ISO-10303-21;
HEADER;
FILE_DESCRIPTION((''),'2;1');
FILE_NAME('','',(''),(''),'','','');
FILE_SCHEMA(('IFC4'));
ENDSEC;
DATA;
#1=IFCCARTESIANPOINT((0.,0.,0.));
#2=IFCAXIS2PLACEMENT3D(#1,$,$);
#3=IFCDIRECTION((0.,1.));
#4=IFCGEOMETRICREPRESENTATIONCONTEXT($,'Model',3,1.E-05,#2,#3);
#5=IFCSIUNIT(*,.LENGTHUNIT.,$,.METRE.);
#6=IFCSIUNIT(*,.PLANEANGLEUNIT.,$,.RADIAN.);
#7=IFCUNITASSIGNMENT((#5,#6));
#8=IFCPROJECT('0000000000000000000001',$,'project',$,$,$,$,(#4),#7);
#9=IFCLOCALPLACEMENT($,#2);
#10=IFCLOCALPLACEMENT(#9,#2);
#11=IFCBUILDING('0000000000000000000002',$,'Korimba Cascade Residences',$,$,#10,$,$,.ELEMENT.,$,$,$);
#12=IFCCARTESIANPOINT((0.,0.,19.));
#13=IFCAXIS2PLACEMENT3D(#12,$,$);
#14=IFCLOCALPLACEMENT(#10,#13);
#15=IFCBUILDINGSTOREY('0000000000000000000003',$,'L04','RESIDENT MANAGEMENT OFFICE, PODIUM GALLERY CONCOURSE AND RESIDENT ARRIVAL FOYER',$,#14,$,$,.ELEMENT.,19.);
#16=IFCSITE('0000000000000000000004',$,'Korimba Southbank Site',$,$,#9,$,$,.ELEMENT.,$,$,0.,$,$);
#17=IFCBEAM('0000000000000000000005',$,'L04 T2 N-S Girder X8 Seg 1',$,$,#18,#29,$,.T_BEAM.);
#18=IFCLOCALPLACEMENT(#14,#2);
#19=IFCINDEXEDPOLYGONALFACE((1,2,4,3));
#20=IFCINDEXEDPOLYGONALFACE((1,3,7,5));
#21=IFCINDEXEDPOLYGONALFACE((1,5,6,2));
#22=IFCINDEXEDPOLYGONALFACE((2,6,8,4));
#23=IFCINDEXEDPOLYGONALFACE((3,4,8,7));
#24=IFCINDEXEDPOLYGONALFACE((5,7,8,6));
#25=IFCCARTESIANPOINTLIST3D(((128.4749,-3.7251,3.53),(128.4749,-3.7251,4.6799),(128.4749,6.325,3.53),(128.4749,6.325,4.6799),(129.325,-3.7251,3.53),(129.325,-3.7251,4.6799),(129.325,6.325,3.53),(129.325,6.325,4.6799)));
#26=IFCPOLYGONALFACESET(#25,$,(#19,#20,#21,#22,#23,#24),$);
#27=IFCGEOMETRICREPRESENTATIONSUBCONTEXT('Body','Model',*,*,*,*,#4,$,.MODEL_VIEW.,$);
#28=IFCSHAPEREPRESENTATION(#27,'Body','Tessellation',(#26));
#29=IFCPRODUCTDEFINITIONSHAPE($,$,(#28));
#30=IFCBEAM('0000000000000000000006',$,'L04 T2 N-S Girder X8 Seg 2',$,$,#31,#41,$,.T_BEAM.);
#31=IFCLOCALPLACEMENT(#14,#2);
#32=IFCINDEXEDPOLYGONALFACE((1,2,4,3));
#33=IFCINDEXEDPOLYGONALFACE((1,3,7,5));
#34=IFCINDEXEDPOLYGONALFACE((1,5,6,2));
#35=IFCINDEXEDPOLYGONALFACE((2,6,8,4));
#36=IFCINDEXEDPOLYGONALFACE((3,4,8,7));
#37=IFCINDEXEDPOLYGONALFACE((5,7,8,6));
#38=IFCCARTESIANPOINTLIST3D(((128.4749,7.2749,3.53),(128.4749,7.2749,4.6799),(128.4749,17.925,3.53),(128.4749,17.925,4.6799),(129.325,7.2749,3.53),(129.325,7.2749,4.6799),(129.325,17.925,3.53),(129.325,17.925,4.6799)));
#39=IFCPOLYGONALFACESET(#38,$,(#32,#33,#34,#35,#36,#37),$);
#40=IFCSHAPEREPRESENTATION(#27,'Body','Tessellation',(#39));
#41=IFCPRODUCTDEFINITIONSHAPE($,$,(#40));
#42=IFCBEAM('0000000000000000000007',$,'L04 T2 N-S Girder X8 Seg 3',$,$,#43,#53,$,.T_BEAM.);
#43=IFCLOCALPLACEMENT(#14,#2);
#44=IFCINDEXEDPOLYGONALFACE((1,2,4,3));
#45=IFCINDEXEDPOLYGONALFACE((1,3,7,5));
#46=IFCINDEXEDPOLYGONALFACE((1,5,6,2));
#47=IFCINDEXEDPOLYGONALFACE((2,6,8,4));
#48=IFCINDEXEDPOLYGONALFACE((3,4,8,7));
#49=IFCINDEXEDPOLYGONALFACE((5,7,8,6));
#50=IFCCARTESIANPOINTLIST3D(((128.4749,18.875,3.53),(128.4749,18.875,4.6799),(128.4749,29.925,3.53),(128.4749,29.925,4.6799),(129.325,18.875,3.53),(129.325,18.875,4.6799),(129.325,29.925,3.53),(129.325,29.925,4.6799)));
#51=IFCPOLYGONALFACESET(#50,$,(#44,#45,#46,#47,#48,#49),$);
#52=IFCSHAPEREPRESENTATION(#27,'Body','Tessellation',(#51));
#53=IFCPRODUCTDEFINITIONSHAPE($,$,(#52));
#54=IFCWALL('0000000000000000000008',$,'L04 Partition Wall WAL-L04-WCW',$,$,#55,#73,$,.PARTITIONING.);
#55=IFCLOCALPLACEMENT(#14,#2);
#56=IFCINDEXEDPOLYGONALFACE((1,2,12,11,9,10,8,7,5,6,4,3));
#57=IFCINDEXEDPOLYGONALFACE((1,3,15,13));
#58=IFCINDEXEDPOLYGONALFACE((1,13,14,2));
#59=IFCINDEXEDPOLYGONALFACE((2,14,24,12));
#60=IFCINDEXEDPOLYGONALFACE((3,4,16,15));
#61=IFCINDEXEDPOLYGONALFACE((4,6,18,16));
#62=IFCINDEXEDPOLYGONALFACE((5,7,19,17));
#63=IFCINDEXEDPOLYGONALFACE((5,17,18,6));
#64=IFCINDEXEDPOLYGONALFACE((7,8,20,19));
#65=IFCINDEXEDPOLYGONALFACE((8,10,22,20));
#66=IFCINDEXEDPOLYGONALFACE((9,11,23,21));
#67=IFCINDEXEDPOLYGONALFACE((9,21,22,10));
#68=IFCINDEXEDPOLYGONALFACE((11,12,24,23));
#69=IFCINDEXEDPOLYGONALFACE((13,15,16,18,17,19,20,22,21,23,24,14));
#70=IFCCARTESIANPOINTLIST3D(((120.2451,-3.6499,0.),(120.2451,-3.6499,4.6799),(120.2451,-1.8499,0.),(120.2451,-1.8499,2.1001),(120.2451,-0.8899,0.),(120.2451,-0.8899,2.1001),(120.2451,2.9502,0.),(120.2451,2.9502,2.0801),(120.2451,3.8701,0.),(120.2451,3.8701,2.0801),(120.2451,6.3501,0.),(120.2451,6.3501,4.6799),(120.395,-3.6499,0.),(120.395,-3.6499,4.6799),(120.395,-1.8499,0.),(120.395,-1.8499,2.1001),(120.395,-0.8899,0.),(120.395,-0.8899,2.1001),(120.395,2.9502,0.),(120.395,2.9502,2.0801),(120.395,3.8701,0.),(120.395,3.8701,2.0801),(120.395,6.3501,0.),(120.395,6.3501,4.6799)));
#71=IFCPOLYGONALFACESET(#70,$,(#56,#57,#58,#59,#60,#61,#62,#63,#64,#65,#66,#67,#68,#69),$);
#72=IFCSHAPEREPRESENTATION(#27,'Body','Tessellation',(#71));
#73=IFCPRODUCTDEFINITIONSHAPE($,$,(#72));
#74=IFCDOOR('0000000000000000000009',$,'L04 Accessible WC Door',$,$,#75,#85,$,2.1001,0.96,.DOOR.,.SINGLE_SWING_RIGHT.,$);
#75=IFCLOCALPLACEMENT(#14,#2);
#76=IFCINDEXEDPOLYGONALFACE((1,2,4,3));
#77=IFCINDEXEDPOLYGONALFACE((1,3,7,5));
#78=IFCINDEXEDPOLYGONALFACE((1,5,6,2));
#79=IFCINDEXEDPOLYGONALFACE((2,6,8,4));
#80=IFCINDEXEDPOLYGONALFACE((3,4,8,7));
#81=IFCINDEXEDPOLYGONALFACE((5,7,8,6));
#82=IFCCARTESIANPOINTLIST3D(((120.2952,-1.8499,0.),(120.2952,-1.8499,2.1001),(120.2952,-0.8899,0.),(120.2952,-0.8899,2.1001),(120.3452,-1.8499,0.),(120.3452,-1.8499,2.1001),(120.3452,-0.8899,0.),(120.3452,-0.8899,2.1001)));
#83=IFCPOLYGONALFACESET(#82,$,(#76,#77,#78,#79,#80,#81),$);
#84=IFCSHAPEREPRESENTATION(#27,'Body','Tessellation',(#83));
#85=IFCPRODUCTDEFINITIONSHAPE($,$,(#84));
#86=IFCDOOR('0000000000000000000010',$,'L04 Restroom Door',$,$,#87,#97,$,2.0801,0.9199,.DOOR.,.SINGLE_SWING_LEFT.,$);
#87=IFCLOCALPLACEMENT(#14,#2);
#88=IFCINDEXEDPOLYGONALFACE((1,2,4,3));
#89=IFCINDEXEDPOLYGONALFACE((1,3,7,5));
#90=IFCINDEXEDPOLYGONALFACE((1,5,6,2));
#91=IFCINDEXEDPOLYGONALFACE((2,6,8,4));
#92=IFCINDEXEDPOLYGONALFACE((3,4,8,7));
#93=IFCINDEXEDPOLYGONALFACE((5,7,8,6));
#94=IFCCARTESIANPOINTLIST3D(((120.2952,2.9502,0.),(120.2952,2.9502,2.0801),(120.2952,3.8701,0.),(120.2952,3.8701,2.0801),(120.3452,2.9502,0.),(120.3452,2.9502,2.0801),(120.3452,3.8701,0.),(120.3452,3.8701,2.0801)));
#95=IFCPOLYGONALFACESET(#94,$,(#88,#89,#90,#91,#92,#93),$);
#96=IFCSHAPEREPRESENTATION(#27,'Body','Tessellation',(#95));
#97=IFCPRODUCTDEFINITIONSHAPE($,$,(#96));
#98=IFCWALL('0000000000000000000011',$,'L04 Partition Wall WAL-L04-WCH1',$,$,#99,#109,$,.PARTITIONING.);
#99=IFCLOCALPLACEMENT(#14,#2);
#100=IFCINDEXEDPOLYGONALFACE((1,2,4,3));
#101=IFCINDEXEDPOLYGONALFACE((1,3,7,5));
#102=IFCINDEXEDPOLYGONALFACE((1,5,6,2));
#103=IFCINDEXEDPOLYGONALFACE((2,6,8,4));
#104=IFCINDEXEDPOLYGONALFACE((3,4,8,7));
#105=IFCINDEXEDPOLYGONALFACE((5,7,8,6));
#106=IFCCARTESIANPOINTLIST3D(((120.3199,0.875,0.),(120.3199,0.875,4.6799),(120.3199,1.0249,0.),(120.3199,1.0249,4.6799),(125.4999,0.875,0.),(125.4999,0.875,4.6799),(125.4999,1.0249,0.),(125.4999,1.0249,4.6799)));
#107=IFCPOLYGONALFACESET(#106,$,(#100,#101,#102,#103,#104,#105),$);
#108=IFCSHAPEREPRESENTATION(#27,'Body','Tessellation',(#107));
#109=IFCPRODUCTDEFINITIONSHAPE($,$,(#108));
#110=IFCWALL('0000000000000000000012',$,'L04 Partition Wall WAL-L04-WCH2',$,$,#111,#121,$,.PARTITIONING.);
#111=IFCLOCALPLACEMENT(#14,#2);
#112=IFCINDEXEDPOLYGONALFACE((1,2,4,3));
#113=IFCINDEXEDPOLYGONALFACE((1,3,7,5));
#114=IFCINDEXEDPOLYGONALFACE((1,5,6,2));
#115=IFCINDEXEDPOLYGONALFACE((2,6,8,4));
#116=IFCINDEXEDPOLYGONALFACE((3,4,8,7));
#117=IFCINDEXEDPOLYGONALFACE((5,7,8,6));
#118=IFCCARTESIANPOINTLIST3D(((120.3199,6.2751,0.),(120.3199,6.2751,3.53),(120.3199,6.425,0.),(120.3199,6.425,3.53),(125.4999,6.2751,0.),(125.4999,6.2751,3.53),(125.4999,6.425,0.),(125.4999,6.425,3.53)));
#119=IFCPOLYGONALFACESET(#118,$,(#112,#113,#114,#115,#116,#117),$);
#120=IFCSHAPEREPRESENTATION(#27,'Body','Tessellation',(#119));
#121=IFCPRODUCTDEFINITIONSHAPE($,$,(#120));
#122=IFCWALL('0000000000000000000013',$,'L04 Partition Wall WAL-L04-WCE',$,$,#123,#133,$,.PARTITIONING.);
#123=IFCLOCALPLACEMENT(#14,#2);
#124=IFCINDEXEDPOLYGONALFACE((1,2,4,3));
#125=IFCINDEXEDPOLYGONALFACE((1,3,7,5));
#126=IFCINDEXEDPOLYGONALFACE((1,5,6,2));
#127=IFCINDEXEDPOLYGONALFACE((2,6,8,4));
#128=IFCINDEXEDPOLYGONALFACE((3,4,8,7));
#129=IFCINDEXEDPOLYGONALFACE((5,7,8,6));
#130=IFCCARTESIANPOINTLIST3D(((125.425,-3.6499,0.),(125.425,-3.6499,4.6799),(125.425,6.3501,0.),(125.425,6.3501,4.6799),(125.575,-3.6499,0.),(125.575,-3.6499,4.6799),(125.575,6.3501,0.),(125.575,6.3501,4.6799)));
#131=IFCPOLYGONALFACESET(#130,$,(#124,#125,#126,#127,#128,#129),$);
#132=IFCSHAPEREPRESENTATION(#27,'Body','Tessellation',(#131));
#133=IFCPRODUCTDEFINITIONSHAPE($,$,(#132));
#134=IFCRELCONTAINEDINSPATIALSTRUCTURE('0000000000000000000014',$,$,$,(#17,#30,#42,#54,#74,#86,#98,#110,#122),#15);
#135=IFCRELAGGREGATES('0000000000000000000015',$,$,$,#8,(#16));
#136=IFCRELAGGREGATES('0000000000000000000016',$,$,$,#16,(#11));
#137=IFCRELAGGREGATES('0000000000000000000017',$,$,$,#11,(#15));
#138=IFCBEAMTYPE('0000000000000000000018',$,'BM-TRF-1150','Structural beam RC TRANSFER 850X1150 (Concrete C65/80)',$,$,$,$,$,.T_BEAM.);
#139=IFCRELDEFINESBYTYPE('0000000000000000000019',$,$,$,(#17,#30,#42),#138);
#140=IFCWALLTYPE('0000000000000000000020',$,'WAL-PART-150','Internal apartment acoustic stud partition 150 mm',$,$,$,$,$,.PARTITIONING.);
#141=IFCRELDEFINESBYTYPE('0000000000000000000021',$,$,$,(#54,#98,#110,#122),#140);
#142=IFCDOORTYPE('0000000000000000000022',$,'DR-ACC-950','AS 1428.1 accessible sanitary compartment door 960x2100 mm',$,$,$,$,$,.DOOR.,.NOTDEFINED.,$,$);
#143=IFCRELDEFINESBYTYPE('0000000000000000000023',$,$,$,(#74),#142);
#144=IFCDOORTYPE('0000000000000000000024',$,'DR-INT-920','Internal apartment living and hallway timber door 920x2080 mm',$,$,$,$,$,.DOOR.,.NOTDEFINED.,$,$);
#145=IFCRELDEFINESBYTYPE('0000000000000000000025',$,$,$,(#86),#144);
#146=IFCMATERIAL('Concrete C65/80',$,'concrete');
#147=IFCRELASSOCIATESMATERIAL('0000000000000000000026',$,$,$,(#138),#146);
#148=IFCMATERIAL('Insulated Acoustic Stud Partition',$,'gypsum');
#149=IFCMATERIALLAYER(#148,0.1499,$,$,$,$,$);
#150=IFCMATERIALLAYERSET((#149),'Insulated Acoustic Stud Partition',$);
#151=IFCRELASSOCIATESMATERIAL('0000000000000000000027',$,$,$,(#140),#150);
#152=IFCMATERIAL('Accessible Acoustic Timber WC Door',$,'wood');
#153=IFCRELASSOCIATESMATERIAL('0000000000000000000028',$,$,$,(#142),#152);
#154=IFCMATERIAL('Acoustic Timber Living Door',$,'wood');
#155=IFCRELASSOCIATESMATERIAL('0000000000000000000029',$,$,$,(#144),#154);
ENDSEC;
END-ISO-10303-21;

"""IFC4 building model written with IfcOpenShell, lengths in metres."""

from ifc_helpers import new_model, si_unit, direction, frame, frame_2d, origin, origin_2d, place, context, subcontext, project, spatial, rectangle, extrude, material, layer, layer_set, material_profile, profile_set, type_object, element, fill, save


model = new_model("IFC4")

# Units and contexts
model_context = context("Model", 3, precision=1e-05, world=origin(), true_north=direction((0.0, 1.0)))
body_context = subcontext(model_context, "Body", "Model", "MODEL_VIEW")
ifc_project = project(units=[si_unit("LENGTHUNIT", "METRE"), si_unit("PLANEANGLEUNIT", "RADIAN")], contexts=[model_context])

# Site, building, storey
site_placement = place(None, origin())
site = spatial("IfcSite", under=ifc_project, at=site_placement, Name="Korimba Southbank Site", CompositionType="ELEMENT", RefElevation=0.0)
building_placement = place(site_placement, origin())
building = spatial("IfcBuilding", under=site, at=building_placement, Name="Korimba Cascade Residences", CompositionType="ELEMENT")
storey_placement = place(building_placement, frame((0.0, 0.0, 19.0)))
storey = spatial("IfcBuildingStorey", under=building, at=storey_placement, Name="L04", Description="RESIDENT MANAGEMENT OFFICE, PODIUM GALLERY CONCOURSE AND RESIDENT ARRIVAL FOYER", CompositionType="ELEMENT", Elevation=19.0)

# Beams
ifc_material_1 = material(Name="Concrete C65/80", Category="concrete")
ifc_material_profile_1 = material_profile(ifc_material_1, rectangle(XDim=0.8501, YDim=1.1499, at=origin_2d()), Name="Concrete C65/80")
ifc_profile_set_1 = profile_set([ifc_material_profile_1], Name="Concrete C65/80")
beam_type_1 = type_object("IfcBeamType", Name="BM-TRF-1150", Description="Structural beam RC TRANSFER 850X1150 (Concrete C65/80)", PredefinedType="T_BEAM", material=ifc_profile_set_1)
beam_1_placement = place(storey_placement, frame((128.8999, -3.7251, 4.105), z_axis=(0.0, 1.0, 0.0), x_axis=(-1.0, 0.0, 0.0)))
element("IfcBeam", 1, at=beam_1_placement, inside=storey, type_object=beam_type_1, Name="L04 T2 N-S Girder X8 Seg 1", PredefinedType="T_BEAM", context=body_context, shape_type="SweptSolid", body=[
    extrude(rectangle(XDim=0.8501, YDim=1.1499, at=origin_2d()), origin(), (0.0, 0.0, 1.0), 10.05),
])
beam_2_placement = place(storey_placement, frame((128.8999, 7.2749, 4.105), z_axis=(0.0, 1.0, 0.0), x_axis=(-1.0, 0.0, 0.0)))
element("IfcBeam", 2, at=beam_2_placement, inside=storey, type_object=beam_type_1, Name="L04 T2 N-S Girder X8 Seg 2", PredefinedType="T_BEAM", context=body_context, shape_type="SweptSolid", body=[
    extrude(rectangle(XDim=0.8501, YDim=1.1499, at=origin_2d()), origin(), (0.0, 0.0, 1.0), 10.6501),
])
beam_3_placement = place(storey_placement, frame((128.8999, 18.875, 4.105), z_axis=(0.0, 1.0, 0.0), x_axis=(-1.0, 0.0, 0.0)))
element("IfcBeam", 3, at=beam_3_placement, inside=storey, type_object=beam_type_1, Name="L04 T2 N-S Girder X8 Seg 3", PredefinedType="T_BEAM", context=body_context, shape_type="SweptSolid", body=[
    extrude(rectangle(XDim=0.8501, YDim=1.1499, at=origin_2d()), origin(), (0.0, 0.0, 1.0), 11.05),
])

# Wall, openings, doors
ifc_material_2 = material(Name="Insulated Acoustic Stud Partition", Category="gypsum")
ifc_layer = layer(ifc_material_2, 0.1499)
ifc_layer_set = layer_set([ifc_layer], Name="Insulated Acoustic Stud Partition")
wall_type = type_object("IfcWallType", Name="WAL-PART-150", Description="Internal apartment acoustic stud partition 150 mm", PredefinedType="PARTITIONING", material=ifc_layer_set)
wall_1_placement = place(storey_placement, frame((120.3201, -3.6499, 0.0), z_axis=(0.0, 0.0, 1.0), x_axis=(0.0, 1.0, 0.0)))
wall_1 = element("IfcWall", 4, at=wall_1_placement, inside=storey, type_object=wall_type, Name="L04 Partition Wall WAL-L04-WCW", PredefinedType="PARTITIONING", context=body_context, shape_type="SweptSolid", body=[
    extrude(rectangle(XDim=10.0, YDim=0.1499, at=frame_2d((5.0, 0.0))), origin(), (0.0, 0.0, 1.0), 4.6799),
])
opening_1_placement = place(wall_1_placement, frame((1.8, 0.0, 0.0)))
opening_1 = element("IfcOpeningElement", 5, at=opening_1_placement, cuts=wall_1, PredefinedType="OPENING", context=body_context, shape_type="SweptSolid", body=[
    extrude(rectangle(XDim=0.96, YDim=2.1001, at=frame_2d((0.48, 1.05))), frame((0.0, 0.085, 0.0), z_axis=(0.0, -1.0, 0.0), x_axis=(1.0, 0.0, 0.0)), (0.0, 0.0, 1.0), 0.1699),
])
opening_2_placement = place(wall_1_placement, frame((6.6001, 0.0, 0.0)))
opening_2 = element("IfcOpeningElement", 6, at=opening_2_placement, cuts=wall_1, PredefinedType="OPENING", context=body_context, shape_type="SweptSolid", body=[
    extrude(rectangle(XDim=0.9199, YDim=2.0801, at=frame_2d((0.46, 1.04))), frame((0.0, 0.085, 0.0), z_axis=(0.0, -1.0, 0.0), x_axis=(1.0, 0.0, 0.0)), (0.0, 0.0, 1.0), 0.1699),
])
ifc_material_3 = material(Name="Accessible Acoustic Timber WC Door", Category="wood")
door_type_1 = type_object("IfcDoorType", Name="DR-ACC-950", Description="AS 1428.1 accessible sanitary compartment door 960x2100 mm", OperationType="NOTDEFINED", PredefinedType="DOOR", material=ifc_material_3)
door_1_placement = place(opening_1_placement, origin())
door_1 = element("IfcDoor", 7, at=door_1_placement, inside=storey, type_object=door_type_1, Name="L04 Accessible WC Door", OperationType="SINGLE_SWING_RIGHT", OverallHeight=2.1001, OverallWidth=0.96, PredefinedType="DOOR", context=body_context, shape_type="SweptSolid", body=[
    extrude(rectangle(XDim=0.96, YDim=2.1001, at=frame_2d((0.48, 1.05))), frame((0.0, 0.0249, 0.0), z_axis=(0.0, -1.0, 0.0), x_axis=(1.0, 0.0, 0.0)), (0.0, 0.0, 1.0), 0.05),
])
fill(opening_1, door_1)
ifc_material_4 = material(Name="Acoustic Timber Living Door", Category="wood")
door_type_2 = type_object("IfcDoorType", Name="DR-INT-920", Description="Internal apartment living and hallway timber door 920x2080 mm", OperationType="NOTDEFINED", PredefinedType="DOOR", material=ifc_material_4)
door_2_placement = place(opening_2_placement, origin())
door_2 = element("IfcDoor", 8, at=door_2_placement, inside=storey, type_object=door_type_2, Name="L04 Restroom Door", OperationType="SINGLE_SWING_LEFT", OverallHeight=2.0801, OverallWidth=0.9199, PredefinedType="DOOR", context=body_context, shape_type="SweptSolid", body=[
    extrude(rectangle(XDim=0.9199, YDim=2.0801, at=frame_2d((0.46, 1.04))), frame((0.0, 0.0249, 0.0), z_axis=(0.0, -1.0, 0.0), x_axis=(1.0, 0.0, 0.0)), (0.0, 0.0, 1.0), 0.05),
])
fill(opening_2, door_2)

# Walls
wall_2_placement = place(storey_placement, frame((120.3201, 0.95, 0.0), z_axis=(0.0, 0.0, 1.0), x_axis=(1.0, 0.0, 0.0)))
element("IfcWall", 9, at=wall_2_placement, inside=storey, type_object=wall_type, Name="L04 Partition Wall WAL-L04-WCH1", PredefinedType="PARTITIONING", context=body_context, shape_type="SweptSolid", body=[
    extrude(rectangle(XDim=5.1799, YDim=0.1499, at=frame_2d((2.5898, 0.0))), origin(), (0.0, 0.0, 1.0), 4.6799),
])
wall_3_placement = place(storey_placement, frame((120.3201, 6.3501, 0.0), z_axis=(0.0, 0.0, 1.0), x_axis=(1.0, 0.0, 0.0)))
element("IfcWall", 10, at=wall_3_placement, inside=storey, type_object=wall_type, Name="L04 Partition Wall WAL-L04-WCH2", PredefinedType="PARTITIONING", context=body_context, shape_type="SweptSolid", body=[
    extrude(rectangle(XDim=5.1799, YDim=0.1499, at=frame_2d((2.5898, 0.0))), origin(), (0.0, 0.0, 1.0), 3.53),
])
wall_4_placement = place(storey_placement, frame((125.5, -3.6499, 0.0), z_axis=(0.0, 0.0, 1.0), x_axis=(0.0, 1.0, 0.0)))
element("IfcWall", 11, at=wall_4_placement, inside=storey, type_object=wall_type, Name="L04 Partition Wall WAL-L04-WCE", PredefinedType="PARTITIONING", context=body_context, shape_type="SweptSolid", body=[
    extrude(rectangle(XDim=10.0, YDim=0.1499, at=frame_2d((5.0, 0.0))), origin(), (0.0, 0.0, 1.0), 4.6799),
])

save(model, "model.ifc")
